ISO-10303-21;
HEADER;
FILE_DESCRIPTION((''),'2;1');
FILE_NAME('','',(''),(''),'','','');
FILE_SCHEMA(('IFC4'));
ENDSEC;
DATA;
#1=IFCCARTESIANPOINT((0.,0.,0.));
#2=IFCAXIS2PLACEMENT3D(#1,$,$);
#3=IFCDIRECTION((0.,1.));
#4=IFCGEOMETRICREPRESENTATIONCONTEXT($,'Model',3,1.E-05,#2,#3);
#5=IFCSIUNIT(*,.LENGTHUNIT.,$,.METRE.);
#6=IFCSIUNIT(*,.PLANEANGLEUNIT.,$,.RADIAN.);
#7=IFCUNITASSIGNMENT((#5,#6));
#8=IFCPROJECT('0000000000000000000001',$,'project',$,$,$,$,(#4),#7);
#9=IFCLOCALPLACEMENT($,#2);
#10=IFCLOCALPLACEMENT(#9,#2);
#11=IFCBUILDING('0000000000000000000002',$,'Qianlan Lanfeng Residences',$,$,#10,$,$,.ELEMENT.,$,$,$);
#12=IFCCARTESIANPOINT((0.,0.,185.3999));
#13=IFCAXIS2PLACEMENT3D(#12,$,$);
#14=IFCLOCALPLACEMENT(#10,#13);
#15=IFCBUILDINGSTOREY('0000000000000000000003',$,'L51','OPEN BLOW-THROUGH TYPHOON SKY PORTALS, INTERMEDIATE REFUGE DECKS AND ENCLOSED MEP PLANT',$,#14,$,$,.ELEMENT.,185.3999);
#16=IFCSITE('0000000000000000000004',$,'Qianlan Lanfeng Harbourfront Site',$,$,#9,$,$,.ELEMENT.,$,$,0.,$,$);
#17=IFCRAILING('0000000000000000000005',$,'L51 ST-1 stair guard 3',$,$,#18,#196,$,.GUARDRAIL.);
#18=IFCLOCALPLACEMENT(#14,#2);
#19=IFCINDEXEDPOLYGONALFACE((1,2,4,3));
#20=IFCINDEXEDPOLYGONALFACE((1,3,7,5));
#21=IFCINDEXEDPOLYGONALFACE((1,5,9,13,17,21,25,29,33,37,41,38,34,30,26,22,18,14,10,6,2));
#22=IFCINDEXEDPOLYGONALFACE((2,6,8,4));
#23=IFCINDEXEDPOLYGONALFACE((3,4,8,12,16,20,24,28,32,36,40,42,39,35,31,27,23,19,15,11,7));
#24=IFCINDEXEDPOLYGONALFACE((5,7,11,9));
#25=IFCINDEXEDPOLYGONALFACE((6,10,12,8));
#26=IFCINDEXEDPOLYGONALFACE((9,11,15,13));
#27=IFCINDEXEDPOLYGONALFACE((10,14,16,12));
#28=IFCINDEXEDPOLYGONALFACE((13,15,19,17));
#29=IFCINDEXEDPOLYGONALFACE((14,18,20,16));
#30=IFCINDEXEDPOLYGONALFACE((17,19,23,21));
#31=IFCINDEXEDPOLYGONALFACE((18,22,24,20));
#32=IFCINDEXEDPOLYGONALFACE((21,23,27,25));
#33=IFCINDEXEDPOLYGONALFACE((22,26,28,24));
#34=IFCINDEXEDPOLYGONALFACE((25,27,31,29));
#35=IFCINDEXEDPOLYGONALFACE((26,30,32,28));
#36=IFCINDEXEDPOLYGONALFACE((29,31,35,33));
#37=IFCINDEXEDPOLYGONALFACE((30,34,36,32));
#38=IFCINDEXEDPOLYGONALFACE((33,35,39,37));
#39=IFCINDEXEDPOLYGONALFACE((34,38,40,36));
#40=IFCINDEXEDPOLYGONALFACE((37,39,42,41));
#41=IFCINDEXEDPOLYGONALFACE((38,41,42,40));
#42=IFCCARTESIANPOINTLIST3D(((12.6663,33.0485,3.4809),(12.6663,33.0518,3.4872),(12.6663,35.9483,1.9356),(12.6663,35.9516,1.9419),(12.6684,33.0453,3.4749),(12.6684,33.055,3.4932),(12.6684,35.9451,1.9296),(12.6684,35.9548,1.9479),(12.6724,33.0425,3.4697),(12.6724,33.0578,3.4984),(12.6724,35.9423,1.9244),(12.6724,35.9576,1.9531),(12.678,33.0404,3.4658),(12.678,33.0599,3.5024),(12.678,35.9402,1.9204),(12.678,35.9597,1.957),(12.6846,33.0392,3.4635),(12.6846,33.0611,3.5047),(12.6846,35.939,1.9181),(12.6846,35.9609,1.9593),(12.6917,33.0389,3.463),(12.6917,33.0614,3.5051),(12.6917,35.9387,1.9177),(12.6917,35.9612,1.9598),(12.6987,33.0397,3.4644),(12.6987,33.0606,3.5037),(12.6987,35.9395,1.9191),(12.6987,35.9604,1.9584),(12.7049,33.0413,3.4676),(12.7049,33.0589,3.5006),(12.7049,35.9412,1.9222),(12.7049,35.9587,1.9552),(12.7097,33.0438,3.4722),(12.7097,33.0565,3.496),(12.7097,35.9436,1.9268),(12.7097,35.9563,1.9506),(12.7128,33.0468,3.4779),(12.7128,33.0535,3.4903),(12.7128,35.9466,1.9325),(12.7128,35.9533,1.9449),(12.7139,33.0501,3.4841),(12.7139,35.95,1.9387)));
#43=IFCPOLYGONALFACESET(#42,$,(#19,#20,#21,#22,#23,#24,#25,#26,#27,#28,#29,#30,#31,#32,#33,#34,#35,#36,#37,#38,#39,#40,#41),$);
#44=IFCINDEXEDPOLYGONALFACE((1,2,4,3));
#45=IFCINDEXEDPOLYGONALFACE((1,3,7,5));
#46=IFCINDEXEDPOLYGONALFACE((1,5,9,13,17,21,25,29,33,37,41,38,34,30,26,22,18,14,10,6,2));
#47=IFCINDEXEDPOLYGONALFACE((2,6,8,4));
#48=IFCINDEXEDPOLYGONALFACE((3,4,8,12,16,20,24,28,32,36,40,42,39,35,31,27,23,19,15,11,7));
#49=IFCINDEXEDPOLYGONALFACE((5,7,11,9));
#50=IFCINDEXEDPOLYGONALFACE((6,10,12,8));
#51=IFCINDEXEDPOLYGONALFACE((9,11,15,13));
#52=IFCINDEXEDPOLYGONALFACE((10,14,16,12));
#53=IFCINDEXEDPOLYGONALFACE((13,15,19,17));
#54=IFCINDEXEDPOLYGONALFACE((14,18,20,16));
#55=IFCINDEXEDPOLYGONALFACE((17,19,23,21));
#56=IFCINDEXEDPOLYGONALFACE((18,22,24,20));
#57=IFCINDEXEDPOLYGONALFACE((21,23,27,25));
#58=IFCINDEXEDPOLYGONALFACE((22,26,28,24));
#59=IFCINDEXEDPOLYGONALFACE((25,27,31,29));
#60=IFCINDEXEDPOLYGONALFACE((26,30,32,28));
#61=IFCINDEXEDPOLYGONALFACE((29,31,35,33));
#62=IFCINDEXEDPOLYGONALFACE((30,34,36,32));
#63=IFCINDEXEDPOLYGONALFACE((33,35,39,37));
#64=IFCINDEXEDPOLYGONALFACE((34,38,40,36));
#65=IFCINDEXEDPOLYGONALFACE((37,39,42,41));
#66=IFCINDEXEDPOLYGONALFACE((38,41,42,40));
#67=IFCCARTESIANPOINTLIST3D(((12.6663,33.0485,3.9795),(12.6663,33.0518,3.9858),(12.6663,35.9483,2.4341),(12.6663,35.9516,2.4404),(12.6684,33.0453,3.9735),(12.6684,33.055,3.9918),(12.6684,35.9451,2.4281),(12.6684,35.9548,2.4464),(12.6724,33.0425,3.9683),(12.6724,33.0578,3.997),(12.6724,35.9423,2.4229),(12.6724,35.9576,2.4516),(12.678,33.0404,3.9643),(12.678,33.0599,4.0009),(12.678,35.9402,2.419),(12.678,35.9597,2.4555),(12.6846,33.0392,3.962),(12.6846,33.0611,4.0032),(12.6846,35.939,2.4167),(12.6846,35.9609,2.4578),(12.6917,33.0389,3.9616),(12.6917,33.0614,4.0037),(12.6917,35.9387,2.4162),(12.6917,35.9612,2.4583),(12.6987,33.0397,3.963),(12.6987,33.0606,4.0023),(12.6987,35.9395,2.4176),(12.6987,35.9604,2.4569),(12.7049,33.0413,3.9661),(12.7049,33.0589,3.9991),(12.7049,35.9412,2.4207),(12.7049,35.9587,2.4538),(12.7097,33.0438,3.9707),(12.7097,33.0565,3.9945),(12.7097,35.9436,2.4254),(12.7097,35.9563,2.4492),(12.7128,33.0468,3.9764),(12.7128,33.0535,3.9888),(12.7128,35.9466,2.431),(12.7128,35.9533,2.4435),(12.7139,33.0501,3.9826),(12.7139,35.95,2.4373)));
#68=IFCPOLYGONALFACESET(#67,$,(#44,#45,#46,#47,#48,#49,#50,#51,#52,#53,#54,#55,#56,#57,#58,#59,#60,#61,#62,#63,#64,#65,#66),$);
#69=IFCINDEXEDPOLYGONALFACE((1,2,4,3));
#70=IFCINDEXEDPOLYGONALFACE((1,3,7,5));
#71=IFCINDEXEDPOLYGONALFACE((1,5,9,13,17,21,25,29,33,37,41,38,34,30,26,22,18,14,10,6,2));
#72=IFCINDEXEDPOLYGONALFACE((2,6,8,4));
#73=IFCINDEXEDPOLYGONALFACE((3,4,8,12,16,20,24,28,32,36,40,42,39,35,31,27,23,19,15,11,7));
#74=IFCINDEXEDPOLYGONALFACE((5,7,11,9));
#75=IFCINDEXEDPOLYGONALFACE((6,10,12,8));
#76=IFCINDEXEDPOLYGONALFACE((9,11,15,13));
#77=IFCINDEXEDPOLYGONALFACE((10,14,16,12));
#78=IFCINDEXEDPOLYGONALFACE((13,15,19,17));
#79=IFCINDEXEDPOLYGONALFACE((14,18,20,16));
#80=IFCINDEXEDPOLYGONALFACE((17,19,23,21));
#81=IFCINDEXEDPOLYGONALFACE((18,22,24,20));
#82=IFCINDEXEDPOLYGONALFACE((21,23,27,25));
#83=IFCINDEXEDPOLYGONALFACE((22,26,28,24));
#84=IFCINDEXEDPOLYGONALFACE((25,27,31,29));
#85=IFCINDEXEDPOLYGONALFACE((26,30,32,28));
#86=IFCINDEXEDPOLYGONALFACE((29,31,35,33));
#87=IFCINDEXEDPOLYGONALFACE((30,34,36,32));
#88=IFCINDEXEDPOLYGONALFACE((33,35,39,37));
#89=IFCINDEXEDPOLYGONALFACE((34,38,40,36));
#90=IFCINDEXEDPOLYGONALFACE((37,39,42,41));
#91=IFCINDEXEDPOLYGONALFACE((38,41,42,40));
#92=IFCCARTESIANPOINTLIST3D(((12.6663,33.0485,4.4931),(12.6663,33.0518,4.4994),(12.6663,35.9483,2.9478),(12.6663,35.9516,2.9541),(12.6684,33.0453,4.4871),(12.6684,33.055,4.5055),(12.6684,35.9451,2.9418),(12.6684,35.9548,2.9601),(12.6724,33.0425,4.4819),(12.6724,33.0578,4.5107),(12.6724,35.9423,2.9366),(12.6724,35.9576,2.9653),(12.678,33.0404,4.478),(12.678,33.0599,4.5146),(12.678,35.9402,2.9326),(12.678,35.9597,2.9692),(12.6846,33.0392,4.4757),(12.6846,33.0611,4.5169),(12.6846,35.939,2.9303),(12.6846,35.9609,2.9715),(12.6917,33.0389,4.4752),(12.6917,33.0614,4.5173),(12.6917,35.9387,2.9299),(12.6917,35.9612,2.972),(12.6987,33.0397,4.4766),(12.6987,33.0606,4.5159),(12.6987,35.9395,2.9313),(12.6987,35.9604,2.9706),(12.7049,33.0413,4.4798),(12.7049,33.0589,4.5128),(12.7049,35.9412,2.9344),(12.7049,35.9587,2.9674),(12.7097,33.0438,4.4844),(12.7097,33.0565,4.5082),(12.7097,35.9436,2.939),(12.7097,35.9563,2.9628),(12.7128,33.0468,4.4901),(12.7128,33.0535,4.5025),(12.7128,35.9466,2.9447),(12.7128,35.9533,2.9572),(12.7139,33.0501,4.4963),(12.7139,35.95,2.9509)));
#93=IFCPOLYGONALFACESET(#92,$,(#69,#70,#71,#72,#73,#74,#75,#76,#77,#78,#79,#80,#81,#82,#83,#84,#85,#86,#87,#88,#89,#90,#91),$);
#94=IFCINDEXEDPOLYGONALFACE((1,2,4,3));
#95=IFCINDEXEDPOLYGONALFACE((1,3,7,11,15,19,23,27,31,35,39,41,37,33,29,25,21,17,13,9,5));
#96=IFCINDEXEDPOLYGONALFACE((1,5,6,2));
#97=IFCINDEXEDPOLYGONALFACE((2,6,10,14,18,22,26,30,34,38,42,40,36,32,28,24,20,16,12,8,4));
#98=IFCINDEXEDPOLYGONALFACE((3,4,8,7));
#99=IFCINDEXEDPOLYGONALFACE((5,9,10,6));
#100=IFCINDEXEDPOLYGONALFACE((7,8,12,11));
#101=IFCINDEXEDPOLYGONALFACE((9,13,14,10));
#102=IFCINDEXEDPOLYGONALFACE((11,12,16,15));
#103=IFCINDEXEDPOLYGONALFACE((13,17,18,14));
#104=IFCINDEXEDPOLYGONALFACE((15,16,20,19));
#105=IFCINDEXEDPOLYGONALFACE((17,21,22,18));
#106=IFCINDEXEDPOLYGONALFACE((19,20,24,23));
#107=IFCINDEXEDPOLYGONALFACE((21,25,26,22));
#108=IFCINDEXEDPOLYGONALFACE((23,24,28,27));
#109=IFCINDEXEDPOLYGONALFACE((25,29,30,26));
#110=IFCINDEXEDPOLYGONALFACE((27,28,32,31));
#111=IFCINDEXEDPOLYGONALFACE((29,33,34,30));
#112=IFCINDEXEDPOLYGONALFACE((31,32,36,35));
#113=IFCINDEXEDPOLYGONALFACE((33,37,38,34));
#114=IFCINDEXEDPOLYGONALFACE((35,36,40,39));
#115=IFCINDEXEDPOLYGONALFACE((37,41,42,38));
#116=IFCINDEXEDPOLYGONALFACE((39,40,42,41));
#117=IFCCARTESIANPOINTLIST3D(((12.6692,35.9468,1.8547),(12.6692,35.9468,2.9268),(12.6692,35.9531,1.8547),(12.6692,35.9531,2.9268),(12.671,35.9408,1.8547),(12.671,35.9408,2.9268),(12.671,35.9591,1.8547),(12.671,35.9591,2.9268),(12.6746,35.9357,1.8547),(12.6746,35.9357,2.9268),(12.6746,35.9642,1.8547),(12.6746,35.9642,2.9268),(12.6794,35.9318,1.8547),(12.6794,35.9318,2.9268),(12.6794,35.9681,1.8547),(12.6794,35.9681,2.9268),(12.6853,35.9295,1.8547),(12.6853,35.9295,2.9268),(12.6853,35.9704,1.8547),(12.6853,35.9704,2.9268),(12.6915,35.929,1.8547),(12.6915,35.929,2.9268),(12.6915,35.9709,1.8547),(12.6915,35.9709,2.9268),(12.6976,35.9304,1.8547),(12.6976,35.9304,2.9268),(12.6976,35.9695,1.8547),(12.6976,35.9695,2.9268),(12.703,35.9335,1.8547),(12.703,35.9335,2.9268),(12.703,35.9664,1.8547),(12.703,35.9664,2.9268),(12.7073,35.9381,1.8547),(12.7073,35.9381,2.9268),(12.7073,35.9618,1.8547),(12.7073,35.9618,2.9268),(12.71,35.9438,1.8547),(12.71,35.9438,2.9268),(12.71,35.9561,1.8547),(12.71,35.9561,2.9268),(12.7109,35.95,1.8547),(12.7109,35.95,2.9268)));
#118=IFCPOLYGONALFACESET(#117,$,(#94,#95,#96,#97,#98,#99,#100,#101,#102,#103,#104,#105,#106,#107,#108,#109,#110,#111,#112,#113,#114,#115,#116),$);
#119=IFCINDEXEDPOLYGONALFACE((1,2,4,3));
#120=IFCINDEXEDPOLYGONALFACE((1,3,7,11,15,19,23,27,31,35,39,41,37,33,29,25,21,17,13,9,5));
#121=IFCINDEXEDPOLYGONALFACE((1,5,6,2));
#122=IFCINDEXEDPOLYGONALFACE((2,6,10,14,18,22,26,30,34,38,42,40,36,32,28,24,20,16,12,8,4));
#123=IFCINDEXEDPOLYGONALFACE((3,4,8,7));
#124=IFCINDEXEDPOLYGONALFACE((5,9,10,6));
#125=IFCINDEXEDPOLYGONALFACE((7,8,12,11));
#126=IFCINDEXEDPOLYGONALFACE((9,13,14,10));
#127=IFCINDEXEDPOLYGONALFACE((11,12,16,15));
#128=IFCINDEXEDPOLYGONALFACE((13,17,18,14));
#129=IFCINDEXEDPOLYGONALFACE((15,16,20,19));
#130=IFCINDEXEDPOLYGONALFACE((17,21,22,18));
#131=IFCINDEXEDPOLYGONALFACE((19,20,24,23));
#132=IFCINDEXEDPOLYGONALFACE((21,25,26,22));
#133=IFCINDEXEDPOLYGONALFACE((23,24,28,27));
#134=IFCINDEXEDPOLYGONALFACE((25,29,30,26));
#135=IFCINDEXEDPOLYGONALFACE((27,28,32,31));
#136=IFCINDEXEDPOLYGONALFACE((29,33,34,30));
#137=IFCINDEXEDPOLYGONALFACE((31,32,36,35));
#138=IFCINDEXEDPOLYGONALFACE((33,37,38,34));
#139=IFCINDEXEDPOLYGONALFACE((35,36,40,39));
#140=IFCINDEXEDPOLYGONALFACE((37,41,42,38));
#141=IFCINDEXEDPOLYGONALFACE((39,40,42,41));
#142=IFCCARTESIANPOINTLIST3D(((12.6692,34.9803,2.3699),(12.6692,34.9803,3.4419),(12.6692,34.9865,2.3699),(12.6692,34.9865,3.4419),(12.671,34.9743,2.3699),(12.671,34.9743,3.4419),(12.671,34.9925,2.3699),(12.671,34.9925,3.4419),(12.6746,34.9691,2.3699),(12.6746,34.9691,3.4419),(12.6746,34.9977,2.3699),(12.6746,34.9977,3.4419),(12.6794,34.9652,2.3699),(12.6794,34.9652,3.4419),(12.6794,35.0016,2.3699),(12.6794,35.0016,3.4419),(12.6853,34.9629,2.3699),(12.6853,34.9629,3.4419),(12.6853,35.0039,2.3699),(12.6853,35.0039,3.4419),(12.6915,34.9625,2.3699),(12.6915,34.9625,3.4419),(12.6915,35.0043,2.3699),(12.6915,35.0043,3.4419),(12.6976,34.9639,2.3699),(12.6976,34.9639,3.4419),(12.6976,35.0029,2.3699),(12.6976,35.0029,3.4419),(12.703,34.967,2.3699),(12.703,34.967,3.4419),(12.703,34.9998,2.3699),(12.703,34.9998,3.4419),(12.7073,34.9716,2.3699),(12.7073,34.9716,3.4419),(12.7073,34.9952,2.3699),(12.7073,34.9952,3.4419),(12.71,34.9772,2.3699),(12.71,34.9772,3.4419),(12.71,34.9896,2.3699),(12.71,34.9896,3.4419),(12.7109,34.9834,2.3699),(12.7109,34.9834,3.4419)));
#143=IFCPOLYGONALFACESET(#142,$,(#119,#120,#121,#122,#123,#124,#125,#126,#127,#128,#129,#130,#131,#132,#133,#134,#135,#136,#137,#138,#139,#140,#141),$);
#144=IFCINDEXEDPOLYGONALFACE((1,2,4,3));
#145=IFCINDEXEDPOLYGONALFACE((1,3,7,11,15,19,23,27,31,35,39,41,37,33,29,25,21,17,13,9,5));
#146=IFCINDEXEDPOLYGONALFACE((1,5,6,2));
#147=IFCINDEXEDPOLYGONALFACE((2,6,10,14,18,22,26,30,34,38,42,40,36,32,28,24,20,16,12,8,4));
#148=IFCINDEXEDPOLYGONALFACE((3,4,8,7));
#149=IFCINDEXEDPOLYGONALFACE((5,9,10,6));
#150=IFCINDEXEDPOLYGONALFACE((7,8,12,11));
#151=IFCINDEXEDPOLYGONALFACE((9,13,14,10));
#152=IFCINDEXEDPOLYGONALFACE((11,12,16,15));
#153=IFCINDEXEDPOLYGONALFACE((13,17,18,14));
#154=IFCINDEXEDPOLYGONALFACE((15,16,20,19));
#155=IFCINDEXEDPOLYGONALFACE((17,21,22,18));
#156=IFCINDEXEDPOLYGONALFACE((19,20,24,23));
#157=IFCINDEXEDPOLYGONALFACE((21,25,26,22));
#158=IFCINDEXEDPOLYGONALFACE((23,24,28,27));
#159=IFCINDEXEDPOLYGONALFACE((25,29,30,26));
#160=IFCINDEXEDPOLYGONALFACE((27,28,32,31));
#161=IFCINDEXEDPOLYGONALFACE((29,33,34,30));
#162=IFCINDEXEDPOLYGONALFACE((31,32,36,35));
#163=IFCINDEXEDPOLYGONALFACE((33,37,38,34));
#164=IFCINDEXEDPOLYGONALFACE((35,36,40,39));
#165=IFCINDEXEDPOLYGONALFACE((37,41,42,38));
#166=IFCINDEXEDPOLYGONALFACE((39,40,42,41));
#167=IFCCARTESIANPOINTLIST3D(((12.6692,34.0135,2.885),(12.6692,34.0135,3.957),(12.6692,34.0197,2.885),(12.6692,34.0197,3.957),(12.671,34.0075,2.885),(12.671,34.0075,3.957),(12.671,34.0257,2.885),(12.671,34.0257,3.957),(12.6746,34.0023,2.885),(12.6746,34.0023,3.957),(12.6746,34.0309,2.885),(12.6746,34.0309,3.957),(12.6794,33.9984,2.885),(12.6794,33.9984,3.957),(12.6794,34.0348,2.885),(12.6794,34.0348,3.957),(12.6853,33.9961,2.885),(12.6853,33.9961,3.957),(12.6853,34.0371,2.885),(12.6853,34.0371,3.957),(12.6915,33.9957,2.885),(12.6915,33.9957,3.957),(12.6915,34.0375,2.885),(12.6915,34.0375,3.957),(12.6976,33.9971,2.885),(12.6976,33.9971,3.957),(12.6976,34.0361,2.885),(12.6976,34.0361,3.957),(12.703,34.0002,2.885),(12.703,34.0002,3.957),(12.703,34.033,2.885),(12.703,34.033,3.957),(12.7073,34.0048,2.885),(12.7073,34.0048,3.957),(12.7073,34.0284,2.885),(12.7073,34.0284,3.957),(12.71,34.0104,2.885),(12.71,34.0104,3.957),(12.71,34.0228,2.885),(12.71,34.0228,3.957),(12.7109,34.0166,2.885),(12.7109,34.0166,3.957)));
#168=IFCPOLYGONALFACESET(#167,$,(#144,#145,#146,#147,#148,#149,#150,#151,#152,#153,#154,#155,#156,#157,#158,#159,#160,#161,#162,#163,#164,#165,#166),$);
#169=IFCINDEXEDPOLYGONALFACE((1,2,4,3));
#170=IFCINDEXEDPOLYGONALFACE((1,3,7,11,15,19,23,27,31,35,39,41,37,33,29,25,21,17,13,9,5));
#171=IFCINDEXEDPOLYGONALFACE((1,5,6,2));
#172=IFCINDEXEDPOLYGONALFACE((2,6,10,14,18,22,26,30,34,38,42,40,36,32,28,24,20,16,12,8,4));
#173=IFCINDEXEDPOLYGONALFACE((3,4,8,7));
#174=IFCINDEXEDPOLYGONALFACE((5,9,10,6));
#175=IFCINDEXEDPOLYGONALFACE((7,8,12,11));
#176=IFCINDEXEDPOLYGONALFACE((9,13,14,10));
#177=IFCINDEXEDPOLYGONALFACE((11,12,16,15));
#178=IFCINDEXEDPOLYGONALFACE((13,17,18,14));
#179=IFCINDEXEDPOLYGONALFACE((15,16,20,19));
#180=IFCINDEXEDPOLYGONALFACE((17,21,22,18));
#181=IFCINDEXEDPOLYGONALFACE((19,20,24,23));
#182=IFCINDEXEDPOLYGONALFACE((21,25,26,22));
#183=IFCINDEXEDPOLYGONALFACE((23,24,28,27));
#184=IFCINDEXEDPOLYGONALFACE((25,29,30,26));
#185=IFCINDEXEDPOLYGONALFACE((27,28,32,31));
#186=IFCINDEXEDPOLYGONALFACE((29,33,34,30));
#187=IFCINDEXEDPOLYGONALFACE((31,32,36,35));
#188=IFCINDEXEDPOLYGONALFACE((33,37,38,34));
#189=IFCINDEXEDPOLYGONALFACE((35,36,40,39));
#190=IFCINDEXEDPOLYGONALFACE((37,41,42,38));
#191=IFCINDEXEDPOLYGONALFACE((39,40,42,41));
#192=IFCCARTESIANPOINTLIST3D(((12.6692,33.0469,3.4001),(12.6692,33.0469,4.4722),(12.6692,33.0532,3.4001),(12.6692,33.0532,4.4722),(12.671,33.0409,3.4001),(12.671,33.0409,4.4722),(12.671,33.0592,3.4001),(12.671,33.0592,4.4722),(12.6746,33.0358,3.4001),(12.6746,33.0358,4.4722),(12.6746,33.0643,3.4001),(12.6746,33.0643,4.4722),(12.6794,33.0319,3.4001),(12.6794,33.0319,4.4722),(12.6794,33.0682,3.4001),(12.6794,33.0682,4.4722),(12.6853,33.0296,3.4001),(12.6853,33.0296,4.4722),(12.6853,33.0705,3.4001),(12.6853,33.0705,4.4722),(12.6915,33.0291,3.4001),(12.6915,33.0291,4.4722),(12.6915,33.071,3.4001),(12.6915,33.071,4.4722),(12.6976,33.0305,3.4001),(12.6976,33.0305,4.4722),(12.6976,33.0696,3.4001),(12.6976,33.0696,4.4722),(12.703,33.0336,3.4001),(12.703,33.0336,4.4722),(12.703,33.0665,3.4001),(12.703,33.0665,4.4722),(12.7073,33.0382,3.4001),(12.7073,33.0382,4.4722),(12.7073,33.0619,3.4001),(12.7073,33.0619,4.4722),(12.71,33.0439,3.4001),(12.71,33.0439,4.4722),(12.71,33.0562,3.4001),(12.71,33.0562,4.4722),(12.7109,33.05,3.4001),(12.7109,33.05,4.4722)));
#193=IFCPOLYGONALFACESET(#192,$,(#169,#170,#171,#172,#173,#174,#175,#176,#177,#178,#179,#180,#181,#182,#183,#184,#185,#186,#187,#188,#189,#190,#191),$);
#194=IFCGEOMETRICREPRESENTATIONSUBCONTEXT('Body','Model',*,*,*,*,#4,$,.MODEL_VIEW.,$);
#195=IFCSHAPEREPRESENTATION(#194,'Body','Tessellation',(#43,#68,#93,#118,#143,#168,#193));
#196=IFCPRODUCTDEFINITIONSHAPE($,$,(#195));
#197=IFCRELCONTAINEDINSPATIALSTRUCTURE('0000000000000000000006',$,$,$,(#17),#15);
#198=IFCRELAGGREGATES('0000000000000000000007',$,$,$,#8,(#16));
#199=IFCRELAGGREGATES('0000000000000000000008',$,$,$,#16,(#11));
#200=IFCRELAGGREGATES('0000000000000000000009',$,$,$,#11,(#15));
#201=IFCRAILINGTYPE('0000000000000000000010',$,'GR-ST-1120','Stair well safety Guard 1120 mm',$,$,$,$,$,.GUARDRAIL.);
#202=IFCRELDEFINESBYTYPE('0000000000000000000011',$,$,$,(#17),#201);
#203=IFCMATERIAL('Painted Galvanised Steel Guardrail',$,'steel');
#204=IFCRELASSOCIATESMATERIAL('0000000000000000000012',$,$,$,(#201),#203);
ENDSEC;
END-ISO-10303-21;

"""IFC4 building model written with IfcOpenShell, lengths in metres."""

from ifc_helpers import new_model, si_unit, direction, frame, origin, origin_2d, place, context, subcontext, project, spatial, circle, extrude, material, type_object, element, save


model = new_model("IFC4")

# Units and contexts
model_context = context("Model", 3, precision=1e-05, world=origin(), true_north=direction((0.0, 1.0)))
body_context = subcontext(model_context, "Body", "Model", "MODEL_VIEW")
ifc_project = project(units=[si_unit("LENGTHUNIT", "METRE"), si_unit("PLANEANGLEUNIT", "RADIAN")], contexts=[model_context])

# Site, building, storey
site_placement = place(None, origin())
site = spatial("IfcSite", under=ifc_project, at=site_placement, Name="Qianlan Lanfeng Harbourfront Site", CompositionType="ELEMENT", RefElevation=0.0)
building_placement = place(site_placement, origin())
building = spatial("IfcBuilding", under=site, at=building_placement, Name="Qianlan Lanfeng Residences", CompositionType="ELEMENT")
storey_placement = place(building_placement, frame((0.0, 0.0, 185.3999)))
storey = spatial("IfcBuildingStorey", under=building, at=storey_placement, Name="L51", Description="OPEN BLOW-THROUGH TYPHOON SKY PORTALS, INTERMEDIATE REFUGE DECKS AND ENCLOSED MEP PLANT", CompositionType="ELEMENT", Elevation=185.3999)

# Railing
ifc_material_1 = material(Name="Painted Galvanised Steel Guardrail", Category="steel")
railing_type_1 = type_object("IfcRailingType", Name="GR-ST-1120", Description="Stair well safety Guard 1120 mm", PredefinedType="GUARDRAIL", material=ifc_material_1)
railing_1_placement = place(storey_placement, frame((12.6899, 35.95, 1.8547)))
element("IfcRailing", 1, at=railing_1_placement, inside=storey, type_object=railing_type_1, Name="L51 ST-1 stair guard 3", PredefinedType="GUARDRAIL", context=body_context, shape_type="SweptSolid", body=[
    extrude(circle(Radius=0.0239, at=origin_2d()), frame((0.0, 0.0, 0.084), z_axis=(0.0, -0.882505, 0.470303), x_axis=(1.0, 0.0, 0.0)), (0.0, 0.0, 1.0), 3.2859),
    extrude(circle(Radius=0.0239, at=origin_2d()), frame((0.0, 0.0, 0.5825), z_axis=(0.0, -0.882505, 0.470303), x_axis=(1.0, 0.0, 0.0)), (0.0, 0.0, 1.0), 3.2859),
    extrude(circle(Radius=0.0239, at=origin_2d()), frame((0.0, 0.0, 1.0962), z_axis=(0.0, -0.882505, 0.470303), x_axis=(1.0, 0.0, 0.0)), (0.0, 0.0, 1.0), 3.2859),
    extrude(circle(Radius=0.021, at=origin_2d()), origin(), (0.0, 0.0, 1.0), 1.072),
    extrude(circle(Radius=0.021, at=origin_2d()), frame((0.0, -0.9666, 0.5151)), (0.0, 0.0, 1.0), 1.072),
    extrude(circle(Radius=0.021, at=origin_2d()), frame((0.0, -1.9333, 1.0303)), (0.0, 0.0, 1.0), 1.072),
    extrude(circle(Radius=0.021, at=origin_2d()), frame((0.0, -2.8999, 1.5454)), (0.0, 0.0, 1.0), 1.072),
])

save(model, "model.ifc")
